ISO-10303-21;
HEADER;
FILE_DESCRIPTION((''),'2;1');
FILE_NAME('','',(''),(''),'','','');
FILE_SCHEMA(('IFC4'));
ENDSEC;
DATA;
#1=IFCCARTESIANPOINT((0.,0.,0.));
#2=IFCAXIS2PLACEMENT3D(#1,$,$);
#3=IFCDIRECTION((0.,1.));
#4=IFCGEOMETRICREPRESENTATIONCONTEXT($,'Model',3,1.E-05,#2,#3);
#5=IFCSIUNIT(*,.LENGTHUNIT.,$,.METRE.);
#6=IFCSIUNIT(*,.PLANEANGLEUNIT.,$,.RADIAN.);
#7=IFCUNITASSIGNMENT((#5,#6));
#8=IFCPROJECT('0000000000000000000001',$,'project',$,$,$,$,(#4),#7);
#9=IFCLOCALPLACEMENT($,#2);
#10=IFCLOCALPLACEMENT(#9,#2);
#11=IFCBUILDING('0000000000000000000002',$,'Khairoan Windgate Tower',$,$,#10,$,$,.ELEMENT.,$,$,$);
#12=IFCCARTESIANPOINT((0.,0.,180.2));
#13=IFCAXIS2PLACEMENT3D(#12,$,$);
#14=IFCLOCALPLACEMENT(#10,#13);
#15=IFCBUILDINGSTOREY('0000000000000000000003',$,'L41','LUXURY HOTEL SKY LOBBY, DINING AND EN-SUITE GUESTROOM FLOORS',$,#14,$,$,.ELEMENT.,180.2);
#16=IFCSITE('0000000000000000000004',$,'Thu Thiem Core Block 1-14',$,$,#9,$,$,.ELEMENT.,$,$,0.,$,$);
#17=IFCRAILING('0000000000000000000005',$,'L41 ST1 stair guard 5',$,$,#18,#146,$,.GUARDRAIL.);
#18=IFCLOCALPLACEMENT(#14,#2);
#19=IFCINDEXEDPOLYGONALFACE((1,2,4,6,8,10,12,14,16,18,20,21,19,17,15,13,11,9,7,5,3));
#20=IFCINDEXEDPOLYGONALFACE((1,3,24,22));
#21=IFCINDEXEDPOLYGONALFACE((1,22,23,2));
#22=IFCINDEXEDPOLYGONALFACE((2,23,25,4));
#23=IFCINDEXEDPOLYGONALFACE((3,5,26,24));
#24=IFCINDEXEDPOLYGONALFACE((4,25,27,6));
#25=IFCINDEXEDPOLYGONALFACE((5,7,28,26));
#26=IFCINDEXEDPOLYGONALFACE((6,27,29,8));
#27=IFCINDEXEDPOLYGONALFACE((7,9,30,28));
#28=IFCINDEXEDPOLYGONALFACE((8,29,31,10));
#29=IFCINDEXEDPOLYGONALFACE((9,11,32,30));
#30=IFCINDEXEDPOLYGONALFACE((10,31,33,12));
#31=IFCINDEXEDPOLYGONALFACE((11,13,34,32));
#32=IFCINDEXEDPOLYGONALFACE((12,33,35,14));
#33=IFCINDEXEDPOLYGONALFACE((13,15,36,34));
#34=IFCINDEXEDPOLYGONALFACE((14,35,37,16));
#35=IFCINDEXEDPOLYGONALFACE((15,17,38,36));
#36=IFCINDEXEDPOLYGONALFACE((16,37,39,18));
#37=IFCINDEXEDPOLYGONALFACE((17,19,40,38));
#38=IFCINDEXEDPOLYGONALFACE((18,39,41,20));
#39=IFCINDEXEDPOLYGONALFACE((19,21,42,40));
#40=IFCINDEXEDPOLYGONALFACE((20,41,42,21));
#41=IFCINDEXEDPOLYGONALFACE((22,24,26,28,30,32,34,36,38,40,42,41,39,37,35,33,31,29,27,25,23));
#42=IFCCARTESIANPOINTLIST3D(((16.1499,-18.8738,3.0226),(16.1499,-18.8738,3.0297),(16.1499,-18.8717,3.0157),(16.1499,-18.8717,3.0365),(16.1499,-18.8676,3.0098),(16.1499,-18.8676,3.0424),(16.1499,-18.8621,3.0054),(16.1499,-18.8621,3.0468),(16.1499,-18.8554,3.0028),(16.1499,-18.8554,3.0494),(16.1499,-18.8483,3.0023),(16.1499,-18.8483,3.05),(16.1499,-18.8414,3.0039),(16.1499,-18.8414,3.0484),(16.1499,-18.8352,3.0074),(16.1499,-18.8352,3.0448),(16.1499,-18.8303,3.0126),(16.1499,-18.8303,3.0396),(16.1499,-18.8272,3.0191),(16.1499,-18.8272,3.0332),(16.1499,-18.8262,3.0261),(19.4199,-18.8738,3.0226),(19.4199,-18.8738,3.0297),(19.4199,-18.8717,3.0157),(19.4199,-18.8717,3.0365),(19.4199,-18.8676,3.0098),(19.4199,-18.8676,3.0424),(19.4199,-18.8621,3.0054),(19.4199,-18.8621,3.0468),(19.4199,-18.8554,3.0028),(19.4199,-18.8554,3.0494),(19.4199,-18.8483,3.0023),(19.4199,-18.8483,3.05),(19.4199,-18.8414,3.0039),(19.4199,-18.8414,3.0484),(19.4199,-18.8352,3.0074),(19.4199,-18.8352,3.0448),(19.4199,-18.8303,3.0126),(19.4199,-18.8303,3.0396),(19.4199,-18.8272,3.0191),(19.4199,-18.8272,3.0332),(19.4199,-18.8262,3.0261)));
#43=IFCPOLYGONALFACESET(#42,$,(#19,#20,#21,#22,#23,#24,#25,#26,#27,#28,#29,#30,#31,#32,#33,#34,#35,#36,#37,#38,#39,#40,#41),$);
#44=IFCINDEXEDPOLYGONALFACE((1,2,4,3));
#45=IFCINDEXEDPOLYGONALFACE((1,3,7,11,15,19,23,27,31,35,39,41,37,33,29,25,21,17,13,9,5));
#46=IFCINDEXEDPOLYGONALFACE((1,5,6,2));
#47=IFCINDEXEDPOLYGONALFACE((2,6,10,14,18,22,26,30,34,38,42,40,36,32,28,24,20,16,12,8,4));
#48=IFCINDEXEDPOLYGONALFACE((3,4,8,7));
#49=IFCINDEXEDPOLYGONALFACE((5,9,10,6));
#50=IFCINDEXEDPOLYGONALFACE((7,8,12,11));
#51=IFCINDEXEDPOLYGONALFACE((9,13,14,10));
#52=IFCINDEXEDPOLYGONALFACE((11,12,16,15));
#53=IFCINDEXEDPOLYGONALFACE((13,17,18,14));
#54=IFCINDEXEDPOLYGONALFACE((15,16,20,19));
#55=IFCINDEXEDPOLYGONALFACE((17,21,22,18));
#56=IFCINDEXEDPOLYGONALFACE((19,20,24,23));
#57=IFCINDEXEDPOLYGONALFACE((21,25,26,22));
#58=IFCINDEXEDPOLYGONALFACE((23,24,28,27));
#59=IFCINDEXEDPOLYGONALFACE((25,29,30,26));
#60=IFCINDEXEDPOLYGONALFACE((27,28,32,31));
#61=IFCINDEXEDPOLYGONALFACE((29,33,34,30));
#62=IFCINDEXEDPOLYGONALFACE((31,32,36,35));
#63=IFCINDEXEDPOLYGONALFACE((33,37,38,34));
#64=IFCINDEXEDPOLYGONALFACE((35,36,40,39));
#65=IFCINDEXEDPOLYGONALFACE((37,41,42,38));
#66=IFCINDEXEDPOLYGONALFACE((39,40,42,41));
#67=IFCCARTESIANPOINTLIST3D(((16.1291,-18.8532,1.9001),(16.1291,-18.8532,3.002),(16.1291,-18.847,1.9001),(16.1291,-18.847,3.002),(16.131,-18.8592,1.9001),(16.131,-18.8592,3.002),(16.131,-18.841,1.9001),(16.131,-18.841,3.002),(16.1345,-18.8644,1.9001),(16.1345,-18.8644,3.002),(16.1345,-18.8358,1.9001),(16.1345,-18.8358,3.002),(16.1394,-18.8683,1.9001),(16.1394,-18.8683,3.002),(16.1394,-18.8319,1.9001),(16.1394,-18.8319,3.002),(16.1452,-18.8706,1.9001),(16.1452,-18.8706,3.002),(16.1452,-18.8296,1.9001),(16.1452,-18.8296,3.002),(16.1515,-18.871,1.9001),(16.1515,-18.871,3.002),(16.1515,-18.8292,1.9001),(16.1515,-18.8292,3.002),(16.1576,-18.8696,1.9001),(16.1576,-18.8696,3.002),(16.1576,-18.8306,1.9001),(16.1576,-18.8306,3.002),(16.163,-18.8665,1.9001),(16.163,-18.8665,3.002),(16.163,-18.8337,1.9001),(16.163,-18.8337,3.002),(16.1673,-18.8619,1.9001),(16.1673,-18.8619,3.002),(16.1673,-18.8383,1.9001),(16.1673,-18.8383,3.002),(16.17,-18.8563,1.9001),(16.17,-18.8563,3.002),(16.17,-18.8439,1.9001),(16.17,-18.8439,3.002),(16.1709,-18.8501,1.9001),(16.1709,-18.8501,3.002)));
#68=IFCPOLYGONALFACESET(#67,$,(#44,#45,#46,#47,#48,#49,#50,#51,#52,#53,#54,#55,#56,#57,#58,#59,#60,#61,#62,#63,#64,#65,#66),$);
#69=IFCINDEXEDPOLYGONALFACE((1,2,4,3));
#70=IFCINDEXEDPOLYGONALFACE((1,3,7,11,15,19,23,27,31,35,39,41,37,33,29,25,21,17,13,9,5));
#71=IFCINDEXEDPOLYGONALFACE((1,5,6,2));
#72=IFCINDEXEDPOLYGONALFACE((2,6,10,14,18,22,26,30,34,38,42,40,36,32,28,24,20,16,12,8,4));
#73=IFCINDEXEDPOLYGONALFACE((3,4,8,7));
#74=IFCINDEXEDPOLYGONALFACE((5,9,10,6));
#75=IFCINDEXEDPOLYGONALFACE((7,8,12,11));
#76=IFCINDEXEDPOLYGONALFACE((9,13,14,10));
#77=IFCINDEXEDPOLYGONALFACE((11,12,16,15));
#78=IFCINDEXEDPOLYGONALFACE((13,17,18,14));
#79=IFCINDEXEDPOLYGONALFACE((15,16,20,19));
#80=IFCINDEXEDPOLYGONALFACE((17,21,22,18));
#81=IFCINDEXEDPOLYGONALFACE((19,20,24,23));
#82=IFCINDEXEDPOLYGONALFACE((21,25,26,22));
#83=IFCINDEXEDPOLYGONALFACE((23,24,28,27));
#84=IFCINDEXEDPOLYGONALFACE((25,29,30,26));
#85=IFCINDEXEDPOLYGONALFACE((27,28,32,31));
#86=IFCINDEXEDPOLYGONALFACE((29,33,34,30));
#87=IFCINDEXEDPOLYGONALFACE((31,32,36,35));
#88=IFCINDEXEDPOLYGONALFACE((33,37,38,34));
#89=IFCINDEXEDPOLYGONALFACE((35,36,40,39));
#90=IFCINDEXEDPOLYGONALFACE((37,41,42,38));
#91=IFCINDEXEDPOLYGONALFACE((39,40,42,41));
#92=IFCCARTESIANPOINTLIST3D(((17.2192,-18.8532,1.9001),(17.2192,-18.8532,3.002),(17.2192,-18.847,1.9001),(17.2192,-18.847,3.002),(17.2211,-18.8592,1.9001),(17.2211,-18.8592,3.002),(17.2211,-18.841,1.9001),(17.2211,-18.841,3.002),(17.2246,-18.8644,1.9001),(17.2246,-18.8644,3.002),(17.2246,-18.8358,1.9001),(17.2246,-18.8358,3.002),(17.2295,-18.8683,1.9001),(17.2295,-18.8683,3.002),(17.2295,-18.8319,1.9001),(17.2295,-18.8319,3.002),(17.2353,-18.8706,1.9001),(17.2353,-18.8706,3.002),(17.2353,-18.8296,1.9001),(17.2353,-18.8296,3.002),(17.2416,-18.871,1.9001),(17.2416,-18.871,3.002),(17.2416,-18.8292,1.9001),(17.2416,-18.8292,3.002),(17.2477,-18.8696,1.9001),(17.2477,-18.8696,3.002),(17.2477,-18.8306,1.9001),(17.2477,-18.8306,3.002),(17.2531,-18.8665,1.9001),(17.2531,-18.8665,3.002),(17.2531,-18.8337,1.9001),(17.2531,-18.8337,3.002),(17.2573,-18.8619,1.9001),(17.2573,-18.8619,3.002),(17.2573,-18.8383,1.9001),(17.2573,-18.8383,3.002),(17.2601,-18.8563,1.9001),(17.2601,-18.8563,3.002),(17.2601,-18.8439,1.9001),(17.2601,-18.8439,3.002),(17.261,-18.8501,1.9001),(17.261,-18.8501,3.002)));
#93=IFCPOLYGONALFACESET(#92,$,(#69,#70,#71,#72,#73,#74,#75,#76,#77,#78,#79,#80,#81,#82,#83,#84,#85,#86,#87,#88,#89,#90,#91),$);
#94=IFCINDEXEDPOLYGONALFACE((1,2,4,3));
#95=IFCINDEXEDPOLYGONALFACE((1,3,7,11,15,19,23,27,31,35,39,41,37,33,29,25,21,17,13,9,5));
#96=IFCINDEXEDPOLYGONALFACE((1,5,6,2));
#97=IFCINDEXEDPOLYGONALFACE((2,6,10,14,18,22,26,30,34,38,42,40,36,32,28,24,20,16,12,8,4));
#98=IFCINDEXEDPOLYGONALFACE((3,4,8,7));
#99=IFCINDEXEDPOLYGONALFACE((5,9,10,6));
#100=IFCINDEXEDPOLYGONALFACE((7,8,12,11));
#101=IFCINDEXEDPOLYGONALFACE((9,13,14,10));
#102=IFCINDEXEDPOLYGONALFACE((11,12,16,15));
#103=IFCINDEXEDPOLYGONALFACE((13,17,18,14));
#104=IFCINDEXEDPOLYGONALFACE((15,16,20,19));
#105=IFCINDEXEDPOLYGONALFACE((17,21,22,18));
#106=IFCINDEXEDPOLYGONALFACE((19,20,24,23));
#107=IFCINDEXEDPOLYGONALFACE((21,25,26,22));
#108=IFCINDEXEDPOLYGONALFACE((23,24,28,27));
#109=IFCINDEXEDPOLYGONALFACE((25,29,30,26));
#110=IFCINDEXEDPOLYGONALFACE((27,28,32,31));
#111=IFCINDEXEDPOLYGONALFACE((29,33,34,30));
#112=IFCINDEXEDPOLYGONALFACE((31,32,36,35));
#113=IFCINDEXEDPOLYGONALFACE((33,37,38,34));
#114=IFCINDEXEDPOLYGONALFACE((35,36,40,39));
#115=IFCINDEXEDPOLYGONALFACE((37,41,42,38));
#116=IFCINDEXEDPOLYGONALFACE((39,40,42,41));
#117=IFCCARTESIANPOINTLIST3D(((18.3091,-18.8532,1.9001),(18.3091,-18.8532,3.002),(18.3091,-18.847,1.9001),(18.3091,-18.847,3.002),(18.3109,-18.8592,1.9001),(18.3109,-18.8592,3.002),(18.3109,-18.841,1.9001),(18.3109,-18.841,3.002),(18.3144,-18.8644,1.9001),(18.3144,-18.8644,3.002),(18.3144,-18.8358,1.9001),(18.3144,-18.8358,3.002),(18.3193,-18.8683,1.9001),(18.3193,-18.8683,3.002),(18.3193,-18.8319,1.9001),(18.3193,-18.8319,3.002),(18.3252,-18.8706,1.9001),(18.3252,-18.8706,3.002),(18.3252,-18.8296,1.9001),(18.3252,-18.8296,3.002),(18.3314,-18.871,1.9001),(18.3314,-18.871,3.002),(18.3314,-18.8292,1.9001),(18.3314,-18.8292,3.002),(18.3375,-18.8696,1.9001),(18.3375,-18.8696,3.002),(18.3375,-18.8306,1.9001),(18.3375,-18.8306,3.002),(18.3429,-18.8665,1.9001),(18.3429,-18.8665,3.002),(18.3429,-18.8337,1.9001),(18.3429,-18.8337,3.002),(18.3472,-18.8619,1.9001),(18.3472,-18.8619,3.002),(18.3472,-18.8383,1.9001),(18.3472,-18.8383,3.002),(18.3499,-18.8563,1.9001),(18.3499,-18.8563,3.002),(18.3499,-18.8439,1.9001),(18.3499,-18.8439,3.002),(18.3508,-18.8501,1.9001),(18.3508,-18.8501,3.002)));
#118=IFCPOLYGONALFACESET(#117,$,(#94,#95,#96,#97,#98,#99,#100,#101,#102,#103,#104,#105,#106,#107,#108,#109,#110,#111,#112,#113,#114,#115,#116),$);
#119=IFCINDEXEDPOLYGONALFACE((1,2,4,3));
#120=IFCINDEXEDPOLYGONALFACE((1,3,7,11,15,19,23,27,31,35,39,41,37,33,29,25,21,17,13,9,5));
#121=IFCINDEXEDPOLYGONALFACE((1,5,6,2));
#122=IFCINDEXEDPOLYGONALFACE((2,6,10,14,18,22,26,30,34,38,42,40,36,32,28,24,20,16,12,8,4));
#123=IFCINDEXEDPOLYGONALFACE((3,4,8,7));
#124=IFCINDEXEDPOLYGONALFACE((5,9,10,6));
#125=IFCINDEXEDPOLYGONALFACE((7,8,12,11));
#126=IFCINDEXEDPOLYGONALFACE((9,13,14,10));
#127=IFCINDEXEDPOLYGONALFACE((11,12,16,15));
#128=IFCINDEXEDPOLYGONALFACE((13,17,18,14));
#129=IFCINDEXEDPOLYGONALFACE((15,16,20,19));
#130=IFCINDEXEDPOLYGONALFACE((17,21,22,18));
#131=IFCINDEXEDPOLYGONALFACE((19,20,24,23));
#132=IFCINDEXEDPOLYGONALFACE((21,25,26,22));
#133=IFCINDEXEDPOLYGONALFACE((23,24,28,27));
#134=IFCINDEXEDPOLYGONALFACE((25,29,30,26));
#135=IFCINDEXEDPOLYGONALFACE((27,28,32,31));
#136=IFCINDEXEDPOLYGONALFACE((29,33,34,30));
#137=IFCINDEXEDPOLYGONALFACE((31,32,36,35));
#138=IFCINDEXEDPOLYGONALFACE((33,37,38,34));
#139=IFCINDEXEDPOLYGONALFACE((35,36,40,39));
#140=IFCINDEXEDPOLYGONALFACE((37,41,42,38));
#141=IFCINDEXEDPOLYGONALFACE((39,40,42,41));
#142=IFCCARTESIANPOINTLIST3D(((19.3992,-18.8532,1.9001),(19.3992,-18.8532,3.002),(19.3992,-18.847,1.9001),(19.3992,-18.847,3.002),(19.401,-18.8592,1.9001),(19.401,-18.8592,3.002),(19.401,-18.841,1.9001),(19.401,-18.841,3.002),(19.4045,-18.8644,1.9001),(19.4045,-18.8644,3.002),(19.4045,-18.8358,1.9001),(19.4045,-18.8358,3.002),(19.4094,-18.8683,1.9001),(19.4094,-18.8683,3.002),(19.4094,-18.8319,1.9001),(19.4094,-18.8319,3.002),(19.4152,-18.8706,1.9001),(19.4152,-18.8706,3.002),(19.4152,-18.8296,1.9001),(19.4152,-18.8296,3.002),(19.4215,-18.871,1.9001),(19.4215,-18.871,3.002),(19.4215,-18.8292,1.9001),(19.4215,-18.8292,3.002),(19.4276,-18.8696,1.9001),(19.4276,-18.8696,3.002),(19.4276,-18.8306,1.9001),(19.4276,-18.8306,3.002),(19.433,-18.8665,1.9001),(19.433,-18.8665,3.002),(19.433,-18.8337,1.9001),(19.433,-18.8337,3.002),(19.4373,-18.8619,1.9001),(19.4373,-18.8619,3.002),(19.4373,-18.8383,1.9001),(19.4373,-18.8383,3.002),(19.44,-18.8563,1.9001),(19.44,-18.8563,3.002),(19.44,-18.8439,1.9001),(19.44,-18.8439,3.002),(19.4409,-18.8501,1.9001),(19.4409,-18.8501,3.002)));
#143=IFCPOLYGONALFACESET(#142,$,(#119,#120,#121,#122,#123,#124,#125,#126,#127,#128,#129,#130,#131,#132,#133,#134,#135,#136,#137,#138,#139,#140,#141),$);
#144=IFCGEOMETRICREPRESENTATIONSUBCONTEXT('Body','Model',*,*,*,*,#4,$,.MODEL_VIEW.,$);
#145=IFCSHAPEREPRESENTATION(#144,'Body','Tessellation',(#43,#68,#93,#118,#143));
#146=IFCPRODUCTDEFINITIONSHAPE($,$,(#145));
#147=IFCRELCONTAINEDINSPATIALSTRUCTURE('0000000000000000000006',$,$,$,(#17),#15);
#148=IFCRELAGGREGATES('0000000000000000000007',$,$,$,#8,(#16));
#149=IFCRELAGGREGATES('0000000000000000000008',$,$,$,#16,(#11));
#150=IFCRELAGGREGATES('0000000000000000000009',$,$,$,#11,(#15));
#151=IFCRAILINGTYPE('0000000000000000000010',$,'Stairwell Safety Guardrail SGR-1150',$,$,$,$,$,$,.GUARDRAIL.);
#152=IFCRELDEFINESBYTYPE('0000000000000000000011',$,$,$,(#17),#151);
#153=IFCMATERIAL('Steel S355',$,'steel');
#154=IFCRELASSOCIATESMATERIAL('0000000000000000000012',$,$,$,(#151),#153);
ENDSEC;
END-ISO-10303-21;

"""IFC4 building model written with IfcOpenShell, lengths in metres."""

from ifc_helpers import new_model, si_unit, direction, frame, origin, origin_2d, place, context, subcontext, project, spatial, circle, extrude, material, type_object, element, save


model = new_model("IFC4")

# Units and contexts
model_context = context("Model", 3, precision=1e-05, world=origin(), true_north=direction((0.0, 1.0)))
body_context = subcontext(model_context, "Body", "Model", "MODEL_VIEW")
ifc_project = project(units=[si_unit("LENGTHUNIT", "METRE"), si_unit("PLANEANGLEUNIT", "RADIAN")], contexts=[model_context])

# Site, building, storey
site_placement = place(None, origin())
site = spatial("IfcSite", under=ifc_project, at=site_placement, Name="Thu Thiem Core Block 1-14", CompositionType="ELEMENT", RefElevation=0.0)
building_placement = place(site_placement, origin())
building = spatial("IfcBuilding", under=site, at=building_placement, Name="Khairoan Windgate Tower", CompositionType="ELEMENT")
storey_placement = place(building_placement, frame((0.0, 0.0, 180.2)))
storey = spatial("IfcBuildingStorey", under=building, at=storey_placement, Name="L41", Description="LUXURY HOTEL SKY LOBBY, DINING AND EN-SUITE GUESTROOM FLOORS", CompositionType="ELEMENT", Elevation=180.2)

# Railing
ifc_material_1 = material(Name="Steel S355", Category="steel")
railing_type = type_object("IfcRailingType", Name="Stairwell Safety Guardrail SGR-1150", PredefinedType="GUARDRAIL", material=ifc_material_1)
railing_1_placement = place(storey_placement, frame((16.1499, -18.8501, 1.9001)))
element("IfcRailing", 1, at=railing_1_placement, inside=storey, type_object=railing_type, Name="L41 ST1 stair guard 5", PredefinedType="GUARDRAIL", context=body_context, shape_type="SweptSolid", body=[
    extrude(circle(Radius=0.0239, at=origin_2d()), frame((0.0, 0.0, 1.126), z_axis=(1.0, 0.0, 0.0), x_axis=(0.0, 1.0, 0.0)), (0.0, 0.0, 1.0), 3.27),
    extrude(circle(Radius=0.021, at=origin_2d()), origin(), (0.0, 0.0, 1.0), 1.1018),
    extrude(circle(Radius=0.021, at=origin_2d()), frame((1.0901, 0.0, 0.0)), (0.0, 0.0, 1.0), 1.1018),
    extrude(circle(Radius=0.021, at=origin_2d()), frame((2.1799, 0.0, 0.0)), (0.0, 0.0, 1.0), 1.1018),
    extrude(circle(Radius=0.021, at=origin_2d()), frame((3.27, 0.0, 0.0)), (0.0, 0.0, 1.0), 1.1018),
])

save(model, "model.ifc")
